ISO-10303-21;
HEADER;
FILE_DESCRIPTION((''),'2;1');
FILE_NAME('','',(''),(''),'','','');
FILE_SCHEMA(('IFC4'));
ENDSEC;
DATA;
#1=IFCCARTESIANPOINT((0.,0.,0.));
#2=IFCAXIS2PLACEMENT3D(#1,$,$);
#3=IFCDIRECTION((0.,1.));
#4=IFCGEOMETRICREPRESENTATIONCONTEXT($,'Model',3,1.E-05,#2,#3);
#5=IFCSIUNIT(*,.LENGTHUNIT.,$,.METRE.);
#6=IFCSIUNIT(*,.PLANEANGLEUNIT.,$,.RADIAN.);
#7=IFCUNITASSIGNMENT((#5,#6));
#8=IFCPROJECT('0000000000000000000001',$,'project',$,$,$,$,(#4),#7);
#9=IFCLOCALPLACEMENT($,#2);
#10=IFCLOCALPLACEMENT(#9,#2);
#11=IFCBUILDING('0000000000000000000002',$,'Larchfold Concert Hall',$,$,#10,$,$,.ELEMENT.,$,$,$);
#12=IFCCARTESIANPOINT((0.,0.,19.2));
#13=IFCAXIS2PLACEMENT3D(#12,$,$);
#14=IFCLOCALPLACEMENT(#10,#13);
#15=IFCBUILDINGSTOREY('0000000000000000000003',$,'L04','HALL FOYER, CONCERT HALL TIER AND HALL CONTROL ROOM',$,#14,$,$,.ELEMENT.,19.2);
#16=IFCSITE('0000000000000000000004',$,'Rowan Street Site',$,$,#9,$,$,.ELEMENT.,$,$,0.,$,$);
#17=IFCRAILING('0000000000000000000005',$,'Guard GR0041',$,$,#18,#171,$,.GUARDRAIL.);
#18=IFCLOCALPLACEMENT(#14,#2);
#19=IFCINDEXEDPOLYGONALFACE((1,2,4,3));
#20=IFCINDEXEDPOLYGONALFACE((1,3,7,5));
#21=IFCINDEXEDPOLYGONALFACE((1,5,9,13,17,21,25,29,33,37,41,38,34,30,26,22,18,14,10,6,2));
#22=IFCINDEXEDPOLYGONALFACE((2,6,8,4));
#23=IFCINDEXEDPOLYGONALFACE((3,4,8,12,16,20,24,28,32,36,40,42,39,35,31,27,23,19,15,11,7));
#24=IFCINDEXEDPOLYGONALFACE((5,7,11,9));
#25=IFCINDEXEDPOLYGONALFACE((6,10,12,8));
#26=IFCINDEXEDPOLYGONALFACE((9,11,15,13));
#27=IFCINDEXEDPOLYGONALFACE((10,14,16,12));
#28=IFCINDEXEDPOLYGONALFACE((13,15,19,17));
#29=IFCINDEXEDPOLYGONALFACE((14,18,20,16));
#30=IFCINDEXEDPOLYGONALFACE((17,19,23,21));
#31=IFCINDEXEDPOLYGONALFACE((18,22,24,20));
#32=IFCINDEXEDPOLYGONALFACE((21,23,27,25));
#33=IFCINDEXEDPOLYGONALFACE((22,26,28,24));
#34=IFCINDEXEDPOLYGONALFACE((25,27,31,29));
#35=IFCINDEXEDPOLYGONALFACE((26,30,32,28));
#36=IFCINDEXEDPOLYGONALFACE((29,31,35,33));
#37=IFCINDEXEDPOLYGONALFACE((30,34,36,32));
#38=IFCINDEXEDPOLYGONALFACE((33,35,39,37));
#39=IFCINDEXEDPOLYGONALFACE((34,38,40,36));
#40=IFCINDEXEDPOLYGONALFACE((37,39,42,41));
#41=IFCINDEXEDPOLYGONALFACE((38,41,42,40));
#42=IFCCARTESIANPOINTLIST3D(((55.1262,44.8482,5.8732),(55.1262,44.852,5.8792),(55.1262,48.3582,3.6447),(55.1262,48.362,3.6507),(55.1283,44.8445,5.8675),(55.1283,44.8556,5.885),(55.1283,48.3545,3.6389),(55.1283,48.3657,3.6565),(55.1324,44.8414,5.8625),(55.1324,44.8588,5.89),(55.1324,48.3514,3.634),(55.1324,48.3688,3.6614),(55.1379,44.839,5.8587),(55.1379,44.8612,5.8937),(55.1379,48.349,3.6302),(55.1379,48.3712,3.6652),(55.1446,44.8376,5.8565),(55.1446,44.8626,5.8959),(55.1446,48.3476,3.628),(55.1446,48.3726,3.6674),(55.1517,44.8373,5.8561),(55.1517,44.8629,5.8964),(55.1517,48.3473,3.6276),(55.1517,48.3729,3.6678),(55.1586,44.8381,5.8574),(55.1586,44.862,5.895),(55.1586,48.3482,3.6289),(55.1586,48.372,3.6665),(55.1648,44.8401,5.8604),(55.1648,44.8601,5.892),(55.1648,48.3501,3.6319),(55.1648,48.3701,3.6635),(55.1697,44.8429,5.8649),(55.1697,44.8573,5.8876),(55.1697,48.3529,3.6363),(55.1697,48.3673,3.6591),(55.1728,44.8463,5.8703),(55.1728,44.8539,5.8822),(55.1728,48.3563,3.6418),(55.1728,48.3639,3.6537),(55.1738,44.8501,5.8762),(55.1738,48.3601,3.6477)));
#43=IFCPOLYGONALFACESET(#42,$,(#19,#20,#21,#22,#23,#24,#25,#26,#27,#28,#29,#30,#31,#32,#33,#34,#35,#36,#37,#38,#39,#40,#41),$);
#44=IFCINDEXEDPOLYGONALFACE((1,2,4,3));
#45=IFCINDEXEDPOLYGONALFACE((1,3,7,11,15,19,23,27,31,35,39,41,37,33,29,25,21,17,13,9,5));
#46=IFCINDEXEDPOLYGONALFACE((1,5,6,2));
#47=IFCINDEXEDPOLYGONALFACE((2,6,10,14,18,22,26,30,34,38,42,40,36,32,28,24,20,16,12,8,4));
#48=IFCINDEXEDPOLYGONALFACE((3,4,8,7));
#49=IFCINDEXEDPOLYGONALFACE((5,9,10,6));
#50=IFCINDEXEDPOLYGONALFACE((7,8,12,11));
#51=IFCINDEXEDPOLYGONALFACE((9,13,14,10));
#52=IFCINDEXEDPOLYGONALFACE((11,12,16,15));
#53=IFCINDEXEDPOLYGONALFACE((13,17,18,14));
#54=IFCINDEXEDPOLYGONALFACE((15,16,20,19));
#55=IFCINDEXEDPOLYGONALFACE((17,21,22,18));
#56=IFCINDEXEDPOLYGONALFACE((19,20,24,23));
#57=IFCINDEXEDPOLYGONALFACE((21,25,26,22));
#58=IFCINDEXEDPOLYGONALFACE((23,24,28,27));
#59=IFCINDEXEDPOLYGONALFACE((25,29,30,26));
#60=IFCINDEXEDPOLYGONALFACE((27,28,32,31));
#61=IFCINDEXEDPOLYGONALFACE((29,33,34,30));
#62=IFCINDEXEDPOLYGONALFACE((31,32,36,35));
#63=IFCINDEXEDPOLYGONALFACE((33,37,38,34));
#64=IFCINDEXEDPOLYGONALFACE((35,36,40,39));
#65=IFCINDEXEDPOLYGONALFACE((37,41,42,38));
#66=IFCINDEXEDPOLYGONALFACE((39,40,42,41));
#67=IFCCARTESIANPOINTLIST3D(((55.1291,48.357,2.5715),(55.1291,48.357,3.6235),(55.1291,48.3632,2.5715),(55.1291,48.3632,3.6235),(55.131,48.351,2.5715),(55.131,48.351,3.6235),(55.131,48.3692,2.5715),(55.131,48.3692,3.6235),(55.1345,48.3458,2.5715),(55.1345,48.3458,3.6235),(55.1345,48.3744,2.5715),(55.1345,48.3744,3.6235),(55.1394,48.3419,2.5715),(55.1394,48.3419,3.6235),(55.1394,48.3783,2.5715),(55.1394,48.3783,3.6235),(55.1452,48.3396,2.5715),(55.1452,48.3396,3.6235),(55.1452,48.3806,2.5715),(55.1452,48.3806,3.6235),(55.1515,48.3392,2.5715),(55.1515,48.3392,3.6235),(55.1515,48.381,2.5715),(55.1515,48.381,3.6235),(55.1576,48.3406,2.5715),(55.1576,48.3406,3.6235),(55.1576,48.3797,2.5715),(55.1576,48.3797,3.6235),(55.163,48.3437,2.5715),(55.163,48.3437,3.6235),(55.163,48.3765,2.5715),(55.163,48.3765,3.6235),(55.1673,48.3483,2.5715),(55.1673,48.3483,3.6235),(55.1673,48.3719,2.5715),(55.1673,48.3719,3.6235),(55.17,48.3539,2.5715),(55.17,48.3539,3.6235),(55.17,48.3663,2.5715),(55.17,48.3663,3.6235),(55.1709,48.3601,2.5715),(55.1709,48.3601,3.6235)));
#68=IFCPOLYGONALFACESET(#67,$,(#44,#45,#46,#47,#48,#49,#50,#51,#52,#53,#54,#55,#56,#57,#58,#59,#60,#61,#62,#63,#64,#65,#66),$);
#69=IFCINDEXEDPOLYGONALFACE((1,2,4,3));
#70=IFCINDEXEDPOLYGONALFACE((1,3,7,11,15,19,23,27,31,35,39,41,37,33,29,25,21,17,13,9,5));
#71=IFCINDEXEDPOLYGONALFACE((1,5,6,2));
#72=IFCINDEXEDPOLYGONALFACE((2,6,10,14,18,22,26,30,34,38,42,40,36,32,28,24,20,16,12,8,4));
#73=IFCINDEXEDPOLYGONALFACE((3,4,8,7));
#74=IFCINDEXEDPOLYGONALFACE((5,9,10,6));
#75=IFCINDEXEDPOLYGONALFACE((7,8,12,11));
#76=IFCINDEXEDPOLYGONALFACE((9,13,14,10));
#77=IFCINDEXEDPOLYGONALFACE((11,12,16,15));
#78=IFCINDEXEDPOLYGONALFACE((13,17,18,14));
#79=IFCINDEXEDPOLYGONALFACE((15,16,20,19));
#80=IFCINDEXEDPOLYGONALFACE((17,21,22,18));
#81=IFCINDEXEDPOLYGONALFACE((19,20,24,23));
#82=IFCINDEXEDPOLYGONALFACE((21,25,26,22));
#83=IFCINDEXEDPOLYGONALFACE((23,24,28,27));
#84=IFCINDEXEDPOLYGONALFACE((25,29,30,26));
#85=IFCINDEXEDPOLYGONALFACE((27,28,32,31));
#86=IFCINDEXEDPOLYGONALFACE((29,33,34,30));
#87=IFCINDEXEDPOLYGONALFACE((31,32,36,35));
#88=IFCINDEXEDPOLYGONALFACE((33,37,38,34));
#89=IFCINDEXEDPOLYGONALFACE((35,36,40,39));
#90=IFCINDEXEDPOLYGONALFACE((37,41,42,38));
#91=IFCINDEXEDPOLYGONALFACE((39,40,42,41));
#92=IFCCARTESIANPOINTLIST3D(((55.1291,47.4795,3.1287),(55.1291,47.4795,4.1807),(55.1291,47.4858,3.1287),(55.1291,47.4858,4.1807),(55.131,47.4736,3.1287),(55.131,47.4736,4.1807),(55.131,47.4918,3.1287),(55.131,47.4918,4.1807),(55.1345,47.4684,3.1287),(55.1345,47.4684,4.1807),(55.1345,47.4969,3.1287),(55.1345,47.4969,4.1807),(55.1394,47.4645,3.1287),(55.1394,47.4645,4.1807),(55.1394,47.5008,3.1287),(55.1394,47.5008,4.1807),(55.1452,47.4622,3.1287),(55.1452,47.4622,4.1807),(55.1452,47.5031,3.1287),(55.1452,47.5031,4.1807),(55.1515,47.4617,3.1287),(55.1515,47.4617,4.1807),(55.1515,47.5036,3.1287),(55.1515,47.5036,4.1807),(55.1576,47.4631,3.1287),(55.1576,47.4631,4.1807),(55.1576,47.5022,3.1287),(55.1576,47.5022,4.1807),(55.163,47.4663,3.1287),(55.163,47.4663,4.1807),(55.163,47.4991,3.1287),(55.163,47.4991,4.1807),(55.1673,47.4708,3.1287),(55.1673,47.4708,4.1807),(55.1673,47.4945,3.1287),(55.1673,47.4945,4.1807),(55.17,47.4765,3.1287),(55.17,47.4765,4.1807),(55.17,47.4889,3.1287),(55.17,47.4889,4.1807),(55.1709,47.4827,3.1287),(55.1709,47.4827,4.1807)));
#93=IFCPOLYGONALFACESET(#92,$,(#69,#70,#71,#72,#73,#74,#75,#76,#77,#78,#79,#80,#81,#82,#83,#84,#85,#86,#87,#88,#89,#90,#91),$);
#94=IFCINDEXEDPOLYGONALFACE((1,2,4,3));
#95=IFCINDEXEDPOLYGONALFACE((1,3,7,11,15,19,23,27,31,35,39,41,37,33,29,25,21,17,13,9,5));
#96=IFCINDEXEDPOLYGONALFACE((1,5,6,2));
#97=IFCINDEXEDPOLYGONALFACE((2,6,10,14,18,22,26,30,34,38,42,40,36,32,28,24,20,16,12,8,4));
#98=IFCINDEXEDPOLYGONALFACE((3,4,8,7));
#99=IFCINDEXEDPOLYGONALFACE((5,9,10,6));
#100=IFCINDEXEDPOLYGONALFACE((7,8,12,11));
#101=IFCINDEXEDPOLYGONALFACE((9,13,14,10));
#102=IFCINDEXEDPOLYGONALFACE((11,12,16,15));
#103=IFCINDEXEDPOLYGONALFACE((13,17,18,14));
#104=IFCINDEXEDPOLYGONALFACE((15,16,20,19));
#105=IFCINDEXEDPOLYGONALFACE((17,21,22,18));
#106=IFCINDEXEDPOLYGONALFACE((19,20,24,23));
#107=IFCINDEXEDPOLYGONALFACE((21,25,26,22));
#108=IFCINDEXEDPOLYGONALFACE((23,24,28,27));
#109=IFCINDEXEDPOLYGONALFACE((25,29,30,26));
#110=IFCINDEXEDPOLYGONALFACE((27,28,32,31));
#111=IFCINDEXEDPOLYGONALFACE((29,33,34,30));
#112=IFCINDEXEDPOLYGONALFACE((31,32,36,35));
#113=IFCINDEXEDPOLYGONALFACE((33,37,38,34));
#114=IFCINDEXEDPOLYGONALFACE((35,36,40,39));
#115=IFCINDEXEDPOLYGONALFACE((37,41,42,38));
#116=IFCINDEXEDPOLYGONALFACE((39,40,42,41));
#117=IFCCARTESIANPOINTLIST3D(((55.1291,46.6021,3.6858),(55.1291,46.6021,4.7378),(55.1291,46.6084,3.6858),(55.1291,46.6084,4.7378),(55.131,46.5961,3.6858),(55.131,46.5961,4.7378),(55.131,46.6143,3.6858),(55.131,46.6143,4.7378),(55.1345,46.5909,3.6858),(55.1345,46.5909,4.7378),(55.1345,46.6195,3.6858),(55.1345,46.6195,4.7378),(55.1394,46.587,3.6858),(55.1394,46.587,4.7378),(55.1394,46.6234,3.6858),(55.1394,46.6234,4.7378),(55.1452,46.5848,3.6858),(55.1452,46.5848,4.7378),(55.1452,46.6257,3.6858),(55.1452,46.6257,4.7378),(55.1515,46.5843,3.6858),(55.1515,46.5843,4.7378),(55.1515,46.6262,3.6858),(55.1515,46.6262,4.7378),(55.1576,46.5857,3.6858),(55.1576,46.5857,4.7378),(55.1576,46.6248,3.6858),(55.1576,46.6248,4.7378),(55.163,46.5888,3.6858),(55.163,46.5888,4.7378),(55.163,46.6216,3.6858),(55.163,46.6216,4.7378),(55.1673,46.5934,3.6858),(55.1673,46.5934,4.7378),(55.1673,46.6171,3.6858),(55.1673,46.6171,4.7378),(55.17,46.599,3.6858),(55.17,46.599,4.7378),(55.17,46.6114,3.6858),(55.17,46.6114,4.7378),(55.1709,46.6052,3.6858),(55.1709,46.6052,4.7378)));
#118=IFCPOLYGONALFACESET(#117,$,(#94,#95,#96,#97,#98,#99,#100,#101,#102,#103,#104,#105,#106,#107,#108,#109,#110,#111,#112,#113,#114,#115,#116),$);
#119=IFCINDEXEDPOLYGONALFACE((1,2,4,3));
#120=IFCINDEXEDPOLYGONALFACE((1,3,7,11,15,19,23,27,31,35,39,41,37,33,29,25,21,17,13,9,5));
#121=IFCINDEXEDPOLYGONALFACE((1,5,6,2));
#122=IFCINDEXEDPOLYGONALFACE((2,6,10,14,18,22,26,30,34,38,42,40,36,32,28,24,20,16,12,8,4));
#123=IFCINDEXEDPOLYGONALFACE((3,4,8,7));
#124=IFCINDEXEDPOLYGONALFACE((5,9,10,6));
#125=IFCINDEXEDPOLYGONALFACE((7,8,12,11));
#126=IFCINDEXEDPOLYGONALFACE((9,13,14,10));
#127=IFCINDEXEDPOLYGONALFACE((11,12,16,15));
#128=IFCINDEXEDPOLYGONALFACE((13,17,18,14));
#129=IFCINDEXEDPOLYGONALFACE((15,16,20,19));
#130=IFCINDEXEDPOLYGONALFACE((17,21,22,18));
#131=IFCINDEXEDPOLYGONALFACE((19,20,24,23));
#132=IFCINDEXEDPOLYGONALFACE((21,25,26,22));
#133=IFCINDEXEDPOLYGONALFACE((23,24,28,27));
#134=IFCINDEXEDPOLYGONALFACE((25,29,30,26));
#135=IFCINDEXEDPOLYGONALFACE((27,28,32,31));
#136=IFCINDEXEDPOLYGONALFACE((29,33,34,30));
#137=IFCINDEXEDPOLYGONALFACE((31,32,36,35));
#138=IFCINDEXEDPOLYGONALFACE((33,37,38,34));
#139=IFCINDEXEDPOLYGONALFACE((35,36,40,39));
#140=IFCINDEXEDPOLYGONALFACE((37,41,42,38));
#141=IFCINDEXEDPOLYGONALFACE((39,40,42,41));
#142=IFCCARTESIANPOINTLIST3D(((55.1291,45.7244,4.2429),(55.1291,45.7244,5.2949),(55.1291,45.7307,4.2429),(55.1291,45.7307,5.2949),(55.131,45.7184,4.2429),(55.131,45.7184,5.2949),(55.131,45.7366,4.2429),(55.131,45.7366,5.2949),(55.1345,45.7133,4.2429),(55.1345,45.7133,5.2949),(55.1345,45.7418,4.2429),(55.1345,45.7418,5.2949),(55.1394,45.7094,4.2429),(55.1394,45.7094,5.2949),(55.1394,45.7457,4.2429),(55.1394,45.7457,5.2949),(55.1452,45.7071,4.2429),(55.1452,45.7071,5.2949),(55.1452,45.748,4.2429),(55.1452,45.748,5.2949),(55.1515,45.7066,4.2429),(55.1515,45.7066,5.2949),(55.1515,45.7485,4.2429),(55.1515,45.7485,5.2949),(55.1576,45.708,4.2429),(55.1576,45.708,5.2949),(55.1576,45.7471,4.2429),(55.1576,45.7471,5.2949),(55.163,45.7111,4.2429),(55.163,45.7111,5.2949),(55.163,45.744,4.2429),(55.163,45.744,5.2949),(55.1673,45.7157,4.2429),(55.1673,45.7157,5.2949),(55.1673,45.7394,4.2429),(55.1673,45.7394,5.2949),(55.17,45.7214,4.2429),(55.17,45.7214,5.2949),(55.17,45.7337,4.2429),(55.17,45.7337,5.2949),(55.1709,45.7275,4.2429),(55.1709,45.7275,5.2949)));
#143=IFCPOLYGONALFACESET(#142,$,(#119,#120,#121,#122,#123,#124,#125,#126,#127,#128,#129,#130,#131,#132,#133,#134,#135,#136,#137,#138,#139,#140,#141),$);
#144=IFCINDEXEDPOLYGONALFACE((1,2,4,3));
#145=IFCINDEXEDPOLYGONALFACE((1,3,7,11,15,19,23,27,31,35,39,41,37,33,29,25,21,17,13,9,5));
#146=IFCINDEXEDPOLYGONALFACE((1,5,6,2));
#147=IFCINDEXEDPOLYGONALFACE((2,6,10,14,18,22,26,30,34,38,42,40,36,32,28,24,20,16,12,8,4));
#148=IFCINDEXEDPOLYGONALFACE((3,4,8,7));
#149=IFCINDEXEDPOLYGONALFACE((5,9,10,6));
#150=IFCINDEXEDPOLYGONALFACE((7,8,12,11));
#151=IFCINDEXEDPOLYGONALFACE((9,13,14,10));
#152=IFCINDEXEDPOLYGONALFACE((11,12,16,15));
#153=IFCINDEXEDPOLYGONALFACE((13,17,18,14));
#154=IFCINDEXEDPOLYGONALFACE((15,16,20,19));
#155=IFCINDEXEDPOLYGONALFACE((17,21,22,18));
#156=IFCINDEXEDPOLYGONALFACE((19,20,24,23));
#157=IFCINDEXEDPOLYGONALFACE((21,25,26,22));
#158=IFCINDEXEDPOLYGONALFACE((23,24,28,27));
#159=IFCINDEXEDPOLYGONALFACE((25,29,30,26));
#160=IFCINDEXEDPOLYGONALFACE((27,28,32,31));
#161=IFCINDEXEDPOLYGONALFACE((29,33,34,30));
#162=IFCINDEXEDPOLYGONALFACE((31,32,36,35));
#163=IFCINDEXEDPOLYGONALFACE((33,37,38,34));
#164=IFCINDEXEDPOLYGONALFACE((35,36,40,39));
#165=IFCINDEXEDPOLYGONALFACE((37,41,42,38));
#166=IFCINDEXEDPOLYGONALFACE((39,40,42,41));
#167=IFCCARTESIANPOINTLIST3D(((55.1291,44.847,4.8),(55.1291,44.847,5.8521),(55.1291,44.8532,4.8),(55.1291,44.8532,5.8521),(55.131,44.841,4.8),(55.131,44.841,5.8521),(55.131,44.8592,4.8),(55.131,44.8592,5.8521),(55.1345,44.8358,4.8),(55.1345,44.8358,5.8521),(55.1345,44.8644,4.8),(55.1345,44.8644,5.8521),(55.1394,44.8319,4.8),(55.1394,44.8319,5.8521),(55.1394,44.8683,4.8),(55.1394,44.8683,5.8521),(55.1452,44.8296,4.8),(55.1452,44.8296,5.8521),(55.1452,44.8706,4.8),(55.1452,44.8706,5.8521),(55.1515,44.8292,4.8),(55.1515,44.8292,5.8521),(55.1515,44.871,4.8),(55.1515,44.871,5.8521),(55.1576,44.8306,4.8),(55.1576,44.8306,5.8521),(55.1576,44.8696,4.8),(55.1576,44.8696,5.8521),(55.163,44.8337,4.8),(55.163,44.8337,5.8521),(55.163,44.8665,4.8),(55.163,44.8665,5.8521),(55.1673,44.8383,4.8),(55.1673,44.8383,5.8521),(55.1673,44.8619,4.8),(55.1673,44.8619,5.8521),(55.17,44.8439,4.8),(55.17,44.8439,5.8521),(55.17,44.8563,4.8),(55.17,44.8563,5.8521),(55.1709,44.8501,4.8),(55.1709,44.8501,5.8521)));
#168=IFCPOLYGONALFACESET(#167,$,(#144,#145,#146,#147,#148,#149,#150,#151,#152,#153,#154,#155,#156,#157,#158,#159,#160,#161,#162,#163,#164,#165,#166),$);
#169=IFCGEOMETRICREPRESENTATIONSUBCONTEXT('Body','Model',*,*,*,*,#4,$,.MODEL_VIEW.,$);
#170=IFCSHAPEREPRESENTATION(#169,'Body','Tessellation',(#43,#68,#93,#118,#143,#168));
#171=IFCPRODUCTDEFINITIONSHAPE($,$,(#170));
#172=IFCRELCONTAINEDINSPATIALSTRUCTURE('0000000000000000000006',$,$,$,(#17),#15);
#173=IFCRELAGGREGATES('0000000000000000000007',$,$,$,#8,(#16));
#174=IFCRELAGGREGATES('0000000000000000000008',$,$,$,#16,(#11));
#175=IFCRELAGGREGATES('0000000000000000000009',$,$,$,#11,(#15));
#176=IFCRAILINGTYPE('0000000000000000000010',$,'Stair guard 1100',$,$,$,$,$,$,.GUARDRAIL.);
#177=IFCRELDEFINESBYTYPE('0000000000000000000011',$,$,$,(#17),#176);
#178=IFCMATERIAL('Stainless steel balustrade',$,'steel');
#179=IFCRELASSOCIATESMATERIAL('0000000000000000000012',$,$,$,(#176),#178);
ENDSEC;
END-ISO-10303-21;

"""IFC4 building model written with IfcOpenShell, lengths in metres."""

from ifc_helpers import new_model, si_unit, direction, frame, origin, origin_2d, place, context, subcontext, project, spatial, circle, extrude, material, type_object, element, save


model = new_model("IFC4")

# Units and contexts
model_context = context("Model", 3, precision=1e-05, world=origin(), true_north=direction((0.0, 1.0)))
body_context = subcontext(model_context, "Body", "Model", "MODEL_VIEW")
ifc_project = project(units=[si_unit("LENGTHUNIT", "METRE"), si_unit("PLANEANGLEUNIT", "RADIAN")], contexts=[model_context])

# Site, building, storey
site_placement = place(None, origin())
site = spatial("IfcSite", under=ifc_project, at=site_placement, Name="Rowan Street Site", CompositionType="ELEMENT", RefElevation=0.0)
building_placement = place(site_placement, origin())
building = spatial("IfcBuilding", under=site, at=building_placement, Name="Larchfold Concert Hall", CompositionType="ELEMENT")
storey_placement = place(building_placement, frame((0.0, 0.0, 19.2)))
storey = spatial("IfcBuildingStorey", under=building, at=storey_placement, Name="L04", Description="HALL FOYER, CONCERT HALL TIER AND HALL CONTROL ROOM", CompositionType="ELEMENT", Elevation=19.2)

# Railing
ifc_material_1 = material(Name="Stainless steel balustrade", Category="steel")
railing_type_1 = type_object("IfcRailingType", Name="Stair guard 1100", PredefinedType="GUARDRAIL", material=ifc_material_1)
railing_1_placement = place(storey_placement, frame((55.1499, 48.3601, 2.5715)))
element("IfcRailing", 1, at=railing_1_placement, inside=storey, type_object=railing_type_1, Name="Guard GR0041", PredefinedType="GUARDRAIL", context=body_context, shape_type="SweptSolid", body=[
    extrude(circle(Radius=0.0239, at=origin_2d()), frame((0.0, 0.0, 1.0762), z_axis=(0.0, -0.84422, 0.535998), x_axis=(1.0, 0.0, 0.0)), (0.0, 0.0, 1.0), 4.1577),
    extrude(circle(Radius=0.021, at=origin_2d()), origin(), (0.0, 0.0, 1.0), 1.052),
    extrude(circle(Radius=0.021, at=origin_2d()), frame((0.0, -0.8774, 0.5571)), (0.0, 0.0, 1.0), 1.052),
    extrude(circle(Radius=0.021, at=origin_2d()), frame((0.0, -1.7549, 1.1143)), (0.0, 0.0, 1.0), 1.052),
    extrude(circle(Radius=0.021, at=origin_2d()), frame((0.0, -2.6326, 1.6714)), (0.0, 0.0, 1.0), 1.052),
    extrude(circle(Radius=0.021, at=origin_2d()), frame((0.0, -3.51, 2.2285)), (0.0, 0.0, 1.0), 1.052),
])

save(model, "model.ifc")
